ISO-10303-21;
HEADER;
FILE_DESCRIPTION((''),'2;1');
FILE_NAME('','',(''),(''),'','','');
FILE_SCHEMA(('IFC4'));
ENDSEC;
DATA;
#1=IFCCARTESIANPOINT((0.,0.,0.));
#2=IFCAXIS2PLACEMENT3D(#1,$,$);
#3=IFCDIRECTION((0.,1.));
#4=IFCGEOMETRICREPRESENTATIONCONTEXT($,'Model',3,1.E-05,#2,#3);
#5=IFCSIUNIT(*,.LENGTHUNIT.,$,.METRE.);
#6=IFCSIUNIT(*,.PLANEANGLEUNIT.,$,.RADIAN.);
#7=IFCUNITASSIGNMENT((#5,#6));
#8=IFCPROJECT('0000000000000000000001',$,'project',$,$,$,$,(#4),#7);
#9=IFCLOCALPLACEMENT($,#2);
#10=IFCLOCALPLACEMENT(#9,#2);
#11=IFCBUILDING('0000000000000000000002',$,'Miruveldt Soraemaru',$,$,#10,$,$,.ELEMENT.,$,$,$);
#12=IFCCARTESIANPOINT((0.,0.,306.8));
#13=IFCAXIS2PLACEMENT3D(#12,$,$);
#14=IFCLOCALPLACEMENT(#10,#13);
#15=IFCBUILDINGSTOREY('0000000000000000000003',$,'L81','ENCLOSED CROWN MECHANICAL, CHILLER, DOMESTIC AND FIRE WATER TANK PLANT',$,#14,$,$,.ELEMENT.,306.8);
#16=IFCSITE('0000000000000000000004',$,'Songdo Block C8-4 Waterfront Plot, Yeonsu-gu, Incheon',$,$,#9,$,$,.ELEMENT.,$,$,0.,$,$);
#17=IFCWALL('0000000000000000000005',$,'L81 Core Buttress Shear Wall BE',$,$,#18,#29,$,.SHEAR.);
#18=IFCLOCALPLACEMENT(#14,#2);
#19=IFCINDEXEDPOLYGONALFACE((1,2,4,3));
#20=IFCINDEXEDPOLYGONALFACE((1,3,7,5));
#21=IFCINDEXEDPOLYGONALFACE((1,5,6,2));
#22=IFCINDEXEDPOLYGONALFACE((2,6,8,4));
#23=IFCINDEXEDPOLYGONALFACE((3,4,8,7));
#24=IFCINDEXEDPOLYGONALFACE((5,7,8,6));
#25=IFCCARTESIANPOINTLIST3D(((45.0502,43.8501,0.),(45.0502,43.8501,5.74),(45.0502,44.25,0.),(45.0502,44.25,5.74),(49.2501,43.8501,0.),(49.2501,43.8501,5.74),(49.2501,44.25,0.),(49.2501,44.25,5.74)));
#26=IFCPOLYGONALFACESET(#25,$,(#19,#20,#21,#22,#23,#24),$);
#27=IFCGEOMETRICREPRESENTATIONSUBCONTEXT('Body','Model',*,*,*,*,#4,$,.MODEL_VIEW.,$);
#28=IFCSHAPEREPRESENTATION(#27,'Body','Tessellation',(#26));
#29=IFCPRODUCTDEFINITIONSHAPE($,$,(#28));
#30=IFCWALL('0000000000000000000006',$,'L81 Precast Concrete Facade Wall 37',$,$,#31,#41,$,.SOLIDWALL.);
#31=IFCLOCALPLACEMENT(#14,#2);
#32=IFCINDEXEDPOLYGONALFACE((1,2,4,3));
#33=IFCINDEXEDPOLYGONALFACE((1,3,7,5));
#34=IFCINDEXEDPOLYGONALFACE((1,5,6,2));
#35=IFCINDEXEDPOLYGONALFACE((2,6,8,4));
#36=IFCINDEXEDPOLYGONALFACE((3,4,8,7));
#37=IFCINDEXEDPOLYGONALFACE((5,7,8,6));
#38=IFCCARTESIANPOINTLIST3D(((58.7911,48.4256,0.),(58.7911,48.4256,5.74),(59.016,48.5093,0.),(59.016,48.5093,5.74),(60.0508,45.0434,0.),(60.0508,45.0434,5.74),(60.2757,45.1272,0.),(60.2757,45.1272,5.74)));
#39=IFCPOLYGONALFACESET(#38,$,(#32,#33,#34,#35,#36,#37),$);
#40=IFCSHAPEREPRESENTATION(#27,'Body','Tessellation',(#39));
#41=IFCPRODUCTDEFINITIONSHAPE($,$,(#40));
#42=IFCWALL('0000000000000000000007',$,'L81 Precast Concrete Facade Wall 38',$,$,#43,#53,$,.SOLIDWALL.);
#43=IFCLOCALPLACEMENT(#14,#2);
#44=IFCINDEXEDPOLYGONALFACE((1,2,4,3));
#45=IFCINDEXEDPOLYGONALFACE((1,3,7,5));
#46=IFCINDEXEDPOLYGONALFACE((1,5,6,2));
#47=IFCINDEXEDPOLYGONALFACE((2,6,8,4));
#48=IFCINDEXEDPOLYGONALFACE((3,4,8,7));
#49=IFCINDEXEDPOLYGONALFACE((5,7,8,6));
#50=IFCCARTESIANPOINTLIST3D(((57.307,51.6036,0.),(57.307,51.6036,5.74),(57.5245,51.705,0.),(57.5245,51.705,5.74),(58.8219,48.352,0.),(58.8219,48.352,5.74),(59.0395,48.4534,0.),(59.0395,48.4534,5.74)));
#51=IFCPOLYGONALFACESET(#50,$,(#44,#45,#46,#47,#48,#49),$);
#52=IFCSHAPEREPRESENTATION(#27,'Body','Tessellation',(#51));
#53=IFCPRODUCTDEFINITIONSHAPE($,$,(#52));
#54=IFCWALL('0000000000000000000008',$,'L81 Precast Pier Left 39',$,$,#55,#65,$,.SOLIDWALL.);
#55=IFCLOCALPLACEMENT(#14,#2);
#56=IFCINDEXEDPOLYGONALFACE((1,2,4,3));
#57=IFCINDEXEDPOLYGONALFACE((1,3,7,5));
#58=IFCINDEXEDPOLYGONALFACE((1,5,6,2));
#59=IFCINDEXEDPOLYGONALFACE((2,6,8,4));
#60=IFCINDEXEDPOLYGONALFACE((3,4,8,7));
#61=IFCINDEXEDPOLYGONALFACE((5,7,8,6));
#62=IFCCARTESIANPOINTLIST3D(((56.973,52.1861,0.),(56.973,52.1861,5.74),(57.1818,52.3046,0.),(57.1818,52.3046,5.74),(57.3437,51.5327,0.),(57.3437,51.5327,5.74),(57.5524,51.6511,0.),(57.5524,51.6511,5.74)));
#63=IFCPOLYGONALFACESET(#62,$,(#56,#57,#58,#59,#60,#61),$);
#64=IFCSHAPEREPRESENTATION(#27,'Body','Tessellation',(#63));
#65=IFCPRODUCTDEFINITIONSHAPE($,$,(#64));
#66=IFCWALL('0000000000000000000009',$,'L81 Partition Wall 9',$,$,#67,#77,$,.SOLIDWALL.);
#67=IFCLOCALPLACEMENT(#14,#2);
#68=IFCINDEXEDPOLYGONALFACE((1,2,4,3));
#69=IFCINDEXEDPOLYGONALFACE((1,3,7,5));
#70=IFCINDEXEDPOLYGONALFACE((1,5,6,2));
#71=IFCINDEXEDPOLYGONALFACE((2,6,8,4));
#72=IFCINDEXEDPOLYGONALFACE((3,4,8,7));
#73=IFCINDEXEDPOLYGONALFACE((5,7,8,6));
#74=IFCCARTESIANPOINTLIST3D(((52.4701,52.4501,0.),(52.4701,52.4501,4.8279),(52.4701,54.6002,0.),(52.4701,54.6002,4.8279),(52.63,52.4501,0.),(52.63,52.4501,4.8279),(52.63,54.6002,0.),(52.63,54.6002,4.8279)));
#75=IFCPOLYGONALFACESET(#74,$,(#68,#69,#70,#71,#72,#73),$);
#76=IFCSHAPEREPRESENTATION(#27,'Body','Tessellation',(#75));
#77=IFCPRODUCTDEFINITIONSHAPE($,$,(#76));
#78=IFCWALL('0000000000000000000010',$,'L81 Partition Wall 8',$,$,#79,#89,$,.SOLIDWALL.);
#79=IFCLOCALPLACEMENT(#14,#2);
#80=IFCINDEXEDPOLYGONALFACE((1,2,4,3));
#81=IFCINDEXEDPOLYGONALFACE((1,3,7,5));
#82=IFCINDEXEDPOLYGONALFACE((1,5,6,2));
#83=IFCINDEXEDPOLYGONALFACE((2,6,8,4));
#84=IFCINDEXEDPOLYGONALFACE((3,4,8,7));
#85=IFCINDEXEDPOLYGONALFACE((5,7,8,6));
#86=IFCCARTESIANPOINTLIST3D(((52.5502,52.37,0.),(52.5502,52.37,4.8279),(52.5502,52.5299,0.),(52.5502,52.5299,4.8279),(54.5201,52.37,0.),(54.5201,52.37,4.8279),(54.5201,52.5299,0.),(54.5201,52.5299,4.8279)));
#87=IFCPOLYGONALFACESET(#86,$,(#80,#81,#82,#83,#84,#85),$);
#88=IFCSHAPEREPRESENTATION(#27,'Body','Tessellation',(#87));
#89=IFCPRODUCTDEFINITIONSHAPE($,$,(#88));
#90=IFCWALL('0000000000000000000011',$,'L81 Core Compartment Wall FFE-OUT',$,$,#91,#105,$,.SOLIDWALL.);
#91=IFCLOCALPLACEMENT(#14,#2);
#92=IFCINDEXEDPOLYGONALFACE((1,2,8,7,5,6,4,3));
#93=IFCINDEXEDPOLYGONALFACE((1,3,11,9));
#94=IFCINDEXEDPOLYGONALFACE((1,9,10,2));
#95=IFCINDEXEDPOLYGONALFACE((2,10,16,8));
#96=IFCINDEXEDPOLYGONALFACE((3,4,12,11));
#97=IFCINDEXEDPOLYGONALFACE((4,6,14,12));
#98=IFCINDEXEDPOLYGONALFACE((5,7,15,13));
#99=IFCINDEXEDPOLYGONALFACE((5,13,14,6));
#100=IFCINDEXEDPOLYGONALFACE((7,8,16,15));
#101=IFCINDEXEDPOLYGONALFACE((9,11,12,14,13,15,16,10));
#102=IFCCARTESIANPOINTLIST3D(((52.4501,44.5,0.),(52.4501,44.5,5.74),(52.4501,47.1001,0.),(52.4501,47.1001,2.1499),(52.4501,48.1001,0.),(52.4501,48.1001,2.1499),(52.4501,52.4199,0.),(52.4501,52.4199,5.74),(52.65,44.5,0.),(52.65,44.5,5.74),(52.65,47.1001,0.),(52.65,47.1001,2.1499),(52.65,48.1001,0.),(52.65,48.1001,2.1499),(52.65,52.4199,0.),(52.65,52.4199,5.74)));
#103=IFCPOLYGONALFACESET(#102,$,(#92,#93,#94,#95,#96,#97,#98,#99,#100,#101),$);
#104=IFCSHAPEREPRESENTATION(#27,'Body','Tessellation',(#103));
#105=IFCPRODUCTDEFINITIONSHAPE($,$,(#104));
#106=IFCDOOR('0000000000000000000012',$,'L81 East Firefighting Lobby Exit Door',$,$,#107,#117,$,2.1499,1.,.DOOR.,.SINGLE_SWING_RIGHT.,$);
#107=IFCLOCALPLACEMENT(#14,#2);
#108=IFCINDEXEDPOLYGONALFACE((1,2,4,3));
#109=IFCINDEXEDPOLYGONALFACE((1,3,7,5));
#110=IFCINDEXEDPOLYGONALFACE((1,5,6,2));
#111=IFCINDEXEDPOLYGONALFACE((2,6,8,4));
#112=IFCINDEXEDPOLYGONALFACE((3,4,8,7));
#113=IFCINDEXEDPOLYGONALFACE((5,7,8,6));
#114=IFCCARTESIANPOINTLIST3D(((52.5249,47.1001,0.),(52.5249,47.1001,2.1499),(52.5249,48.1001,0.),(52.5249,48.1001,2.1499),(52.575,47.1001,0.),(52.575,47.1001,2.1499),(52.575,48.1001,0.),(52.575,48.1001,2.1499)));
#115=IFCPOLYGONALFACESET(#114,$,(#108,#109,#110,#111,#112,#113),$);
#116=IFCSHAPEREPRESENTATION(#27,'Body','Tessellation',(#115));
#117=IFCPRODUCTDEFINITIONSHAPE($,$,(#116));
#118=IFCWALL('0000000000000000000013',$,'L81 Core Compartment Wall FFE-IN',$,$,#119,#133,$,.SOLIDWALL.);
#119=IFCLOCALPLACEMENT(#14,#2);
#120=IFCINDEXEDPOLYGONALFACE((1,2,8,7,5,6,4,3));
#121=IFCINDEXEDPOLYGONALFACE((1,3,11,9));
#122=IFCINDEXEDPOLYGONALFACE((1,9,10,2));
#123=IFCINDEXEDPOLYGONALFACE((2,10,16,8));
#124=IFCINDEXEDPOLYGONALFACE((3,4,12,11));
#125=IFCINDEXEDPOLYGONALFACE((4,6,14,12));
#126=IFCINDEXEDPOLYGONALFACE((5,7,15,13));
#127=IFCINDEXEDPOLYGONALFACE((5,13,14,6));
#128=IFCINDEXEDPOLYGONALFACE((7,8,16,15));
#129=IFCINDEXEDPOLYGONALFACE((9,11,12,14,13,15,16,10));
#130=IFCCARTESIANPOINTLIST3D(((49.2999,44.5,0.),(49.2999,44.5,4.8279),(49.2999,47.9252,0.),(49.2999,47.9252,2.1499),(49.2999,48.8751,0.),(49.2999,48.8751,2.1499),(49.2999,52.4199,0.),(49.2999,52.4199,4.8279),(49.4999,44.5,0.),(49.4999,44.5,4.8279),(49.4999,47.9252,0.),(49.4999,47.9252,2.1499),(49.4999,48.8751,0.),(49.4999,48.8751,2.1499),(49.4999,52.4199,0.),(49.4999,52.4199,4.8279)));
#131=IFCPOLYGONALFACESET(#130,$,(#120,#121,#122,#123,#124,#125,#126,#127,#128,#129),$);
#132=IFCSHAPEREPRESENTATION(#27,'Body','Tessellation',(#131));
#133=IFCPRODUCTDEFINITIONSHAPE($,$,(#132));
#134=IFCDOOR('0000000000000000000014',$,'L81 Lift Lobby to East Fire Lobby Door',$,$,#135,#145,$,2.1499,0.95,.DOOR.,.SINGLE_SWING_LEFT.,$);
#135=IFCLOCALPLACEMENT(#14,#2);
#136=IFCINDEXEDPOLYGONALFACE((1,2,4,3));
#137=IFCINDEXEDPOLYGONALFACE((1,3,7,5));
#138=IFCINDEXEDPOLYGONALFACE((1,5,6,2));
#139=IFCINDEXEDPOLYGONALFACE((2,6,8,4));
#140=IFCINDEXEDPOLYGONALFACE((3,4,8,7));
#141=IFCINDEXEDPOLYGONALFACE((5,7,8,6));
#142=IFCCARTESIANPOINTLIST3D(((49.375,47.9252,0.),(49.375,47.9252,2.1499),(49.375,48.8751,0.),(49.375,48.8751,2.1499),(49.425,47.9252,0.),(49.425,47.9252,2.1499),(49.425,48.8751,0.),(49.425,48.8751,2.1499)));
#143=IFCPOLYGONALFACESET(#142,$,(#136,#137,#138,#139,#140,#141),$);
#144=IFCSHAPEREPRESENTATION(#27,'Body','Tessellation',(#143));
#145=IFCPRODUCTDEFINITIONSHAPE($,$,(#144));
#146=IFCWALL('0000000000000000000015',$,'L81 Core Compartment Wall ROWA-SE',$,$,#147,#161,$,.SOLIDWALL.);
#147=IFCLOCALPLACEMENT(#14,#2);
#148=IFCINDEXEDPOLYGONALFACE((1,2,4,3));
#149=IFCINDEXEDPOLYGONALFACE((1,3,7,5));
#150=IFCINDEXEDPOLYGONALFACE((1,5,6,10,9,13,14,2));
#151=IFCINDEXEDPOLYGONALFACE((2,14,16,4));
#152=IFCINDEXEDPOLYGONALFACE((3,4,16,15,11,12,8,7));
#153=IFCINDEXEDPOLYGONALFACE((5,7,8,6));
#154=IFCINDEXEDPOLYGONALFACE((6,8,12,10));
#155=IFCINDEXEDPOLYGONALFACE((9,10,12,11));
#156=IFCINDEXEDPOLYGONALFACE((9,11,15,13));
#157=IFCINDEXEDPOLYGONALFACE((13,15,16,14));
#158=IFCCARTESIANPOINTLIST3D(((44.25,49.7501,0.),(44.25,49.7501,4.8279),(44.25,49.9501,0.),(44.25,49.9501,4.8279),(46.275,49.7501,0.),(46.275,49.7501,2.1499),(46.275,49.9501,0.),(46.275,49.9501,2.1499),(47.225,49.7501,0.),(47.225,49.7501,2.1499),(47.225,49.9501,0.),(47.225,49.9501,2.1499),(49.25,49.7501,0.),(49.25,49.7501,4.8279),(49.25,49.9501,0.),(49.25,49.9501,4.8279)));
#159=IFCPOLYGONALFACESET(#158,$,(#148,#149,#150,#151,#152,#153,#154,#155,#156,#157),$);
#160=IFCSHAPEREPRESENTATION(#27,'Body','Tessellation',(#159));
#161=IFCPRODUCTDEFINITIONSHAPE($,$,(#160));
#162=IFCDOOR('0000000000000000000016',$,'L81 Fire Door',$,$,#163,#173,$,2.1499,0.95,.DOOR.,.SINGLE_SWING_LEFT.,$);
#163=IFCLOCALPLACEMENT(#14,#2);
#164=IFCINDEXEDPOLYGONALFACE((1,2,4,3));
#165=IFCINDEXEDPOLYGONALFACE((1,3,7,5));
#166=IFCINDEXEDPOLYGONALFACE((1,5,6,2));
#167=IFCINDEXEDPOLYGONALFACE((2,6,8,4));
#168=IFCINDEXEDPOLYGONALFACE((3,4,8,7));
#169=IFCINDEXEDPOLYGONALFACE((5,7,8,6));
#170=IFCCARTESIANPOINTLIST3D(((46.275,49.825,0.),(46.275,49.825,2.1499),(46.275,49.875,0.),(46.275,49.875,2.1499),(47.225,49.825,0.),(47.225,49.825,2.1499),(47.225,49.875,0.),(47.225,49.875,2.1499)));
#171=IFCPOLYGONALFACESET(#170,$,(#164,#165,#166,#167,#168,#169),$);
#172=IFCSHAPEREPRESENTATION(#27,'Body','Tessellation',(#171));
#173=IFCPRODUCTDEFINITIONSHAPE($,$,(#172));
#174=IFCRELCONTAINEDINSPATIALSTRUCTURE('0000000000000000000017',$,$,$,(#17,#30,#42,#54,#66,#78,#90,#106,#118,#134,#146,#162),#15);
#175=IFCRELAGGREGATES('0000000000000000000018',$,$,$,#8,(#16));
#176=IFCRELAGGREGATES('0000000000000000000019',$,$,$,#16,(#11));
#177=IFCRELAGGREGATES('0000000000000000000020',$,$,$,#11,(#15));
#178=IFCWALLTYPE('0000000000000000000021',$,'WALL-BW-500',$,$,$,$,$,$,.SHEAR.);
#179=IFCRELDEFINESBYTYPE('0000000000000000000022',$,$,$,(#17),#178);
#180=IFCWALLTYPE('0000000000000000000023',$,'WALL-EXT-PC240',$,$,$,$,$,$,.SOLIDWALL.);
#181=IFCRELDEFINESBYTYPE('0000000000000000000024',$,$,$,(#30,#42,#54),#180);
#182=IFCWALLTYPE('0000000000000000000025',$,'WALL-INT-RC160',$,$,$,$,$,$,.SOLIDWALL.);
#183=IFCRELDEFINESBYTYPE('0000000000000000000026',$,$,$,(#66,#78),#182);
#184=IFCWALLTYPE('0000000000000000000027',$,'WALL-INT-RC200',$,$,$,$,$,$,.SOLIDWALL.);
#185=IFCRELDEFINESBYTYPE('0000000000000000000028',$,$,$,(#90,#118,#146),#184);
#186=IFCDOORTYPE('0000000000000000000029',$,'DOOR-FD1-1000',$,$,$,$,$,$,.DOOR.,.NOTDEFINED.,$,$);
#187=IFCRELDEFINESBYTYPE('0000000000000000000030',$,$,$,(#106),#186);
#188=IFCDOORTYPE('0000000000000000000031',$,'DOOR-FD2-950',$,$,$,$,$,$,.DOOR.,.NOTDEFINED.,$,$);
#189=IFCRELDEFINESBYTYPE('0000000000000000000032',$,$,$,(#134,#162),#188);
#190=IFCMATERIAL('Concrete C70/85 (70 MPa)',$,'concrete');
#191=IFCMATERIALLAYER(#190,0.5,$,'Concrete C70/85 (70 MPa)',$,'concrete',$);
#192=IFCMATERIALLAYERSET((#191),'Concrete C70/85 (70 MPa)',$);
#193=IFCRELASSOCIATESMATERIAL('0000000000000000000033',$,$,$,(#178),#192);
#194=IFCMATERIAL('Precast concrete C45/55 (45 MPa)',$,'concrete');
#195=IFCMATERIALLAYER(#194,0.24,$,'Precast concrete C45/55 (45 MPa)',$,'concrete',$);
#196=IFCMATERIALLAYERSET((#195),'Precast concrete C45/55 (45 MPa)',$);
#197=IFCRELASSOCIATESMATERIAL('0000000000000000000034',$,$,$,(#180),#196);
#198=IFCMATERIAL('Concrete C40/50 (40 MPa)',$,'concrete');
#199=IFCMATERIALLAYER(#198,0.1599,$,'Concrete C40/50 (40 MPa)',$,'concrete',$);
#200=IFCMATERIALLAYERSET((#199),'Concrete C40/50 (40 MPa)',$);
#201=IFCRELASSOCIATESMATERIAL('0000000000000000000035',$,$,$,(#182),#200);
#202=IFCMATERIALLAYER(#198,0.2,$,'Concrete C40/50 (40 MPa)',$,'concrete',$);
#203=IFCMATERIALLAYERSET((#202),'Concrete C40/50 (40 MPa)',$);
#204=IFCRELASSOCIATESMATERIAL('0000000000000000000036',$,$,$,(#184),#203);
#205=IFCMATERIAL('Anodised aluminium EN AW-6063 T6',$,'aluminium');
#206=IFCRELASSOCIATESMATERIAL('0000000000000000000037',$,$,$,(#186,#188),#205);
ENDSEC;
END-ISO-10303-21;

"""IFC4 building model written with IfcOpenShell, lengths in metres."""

from ifc_helpers import new_model, si_unit, direction, frame, frame_2d, origin, place, context, subcontext, project, spatial, rectangle, extrude, material, layer, layer_set, type_object, element, fill, save


model = new_model("IFC4")

# Units and contexts
model_context = context("Model", 3, precision=1e-05, world=origin(), true_north=direction((0.0, 1.0)))
body_context = subcontext(model_context, "Body", "Model", "MODEL_VIEW")
ifc_project = project(units=[si_unit("LENGTHUNIT", "METRE"), si_unit("PLANEANGLEUNIT", "RADIAN")], contexts=[model_context])

# Site, building, storey
site_placement = place(None, origin())
site = spatial("IfcSite", under=ifc_project, at=site_placement, Name="Songdo Block C8-4 Waterfront Plot, Yeonsu-gu, Incheon", CompositionType="ELEMENT", RefElevation=0.0)
building_placement = place(site_placement, origin())
building = spatial("IfcBuilding", under=site, at=building_placement, Name="Miruveldt Soraemaru", CompositionType="ELEMENT")
storey_placement = place(building_placement, frame((0.0, 0.0, 306.8)))
storey = spatial("IfcBuildingStorey", under=building, at=storey_placement, Name="L81", Description="ENCLOSED CROWN MECHANICAL, CHILLER, DOMESTIC AND FIRE WATER TANK PLANT", CompositionType="ELEMENT", Elevation=306.8)

# Shared definitions
ifc_material_1 = material(Name="Anodised aluminium EN AW-6063 T6", Category="aluminium")

# Walls
ifc_material_2 = material(Name="Concrete C70/85 (70 MPa)", Category="concrete")
ifc_layer_1 = layer(ifc_material_2, 0.5, Name="Concrete C70/85 (70 MPa)", Category="concrete")
ifc_layer_set_1 = layer_set([ifc_layer_1], Name="Concrete C70/85 (70 MPa)")
wall_type_1 = type_object("IfcWallType", Name="WALL-BW-500", PredefinedType="SHEAR", material=ifc_layer_set_1)
wall_1_placement = place(storey_placement, frame((45.05, 44.05, 0.0), z_axis=(0.0, 0.0, 1.0), x_axis=(1.0, 0.0, 0.0)))
element("IfcWall", 1, at=wall_1_placement, inside=storey, type_object=wall_type_1, Name="L81 Core Buttress Shear Wall BE", PredefinedType="SHEAR", context=body_context, shape_type="SweptSolid", body=[
    extrude(rectangle(XDim=4.2, YDim=0.3999, at=frame_2d((2.1001, 0.0))), origin(), (0.0, 0.0, 1.0), 5.74),
])
ifc_material_3 = material(Name="Precast concrete C45/55 (45 MPa)", Category="concrete")
ifc_layer_2 = layer(ifc_material_3, 0.24, Name="Precast concrete C45/55 (45 MPa)", Category="concrete")
ifc_layer_set_2 = layer_set([ifc_layer_2], Name="Precast concrete C45/55 (45 MPa)")
wall_type_2 = type_object("IfcWallType", Name="WALL-EXT-PC240", PredefinedType="SOLIDWALL", material=ifc_layer_set_2)
wall_2_placement = place(storey_placement, frame((60.1633, 45.0852, 0.0), z_axis=(0.0, 0.0, 1.0), x_axis=(-0.349054, 0.937103, 0.0)))
element("IfcWall", 2, at=wall_2_placement, inside=storey, type_object=wall_type_2, Name="L81 Precast Concrete Facade Wall 37", PredefinedType="SOLIDWALL", context=body_context, shape_type="SweptSolid", body=[
    extrude(rectangle(XDim=3.6091, YDim=0.24, at=frame_2d((1.8047, 0.0))), origin(), (0.0, 0.0, 1.0), 5.74),
])
wall_3_placement = place(storey_placement, frame((58.9307, 48.4028, 0.0), z_axis=(0.0, 0.0, 1.0), x_axis=(-0.422323, 0.906446, 0.0)))
element("IfcWall", 3, at=wall_3_placement, inside=storey, type_object=wall_type_2, Name="L81 Precast Concrete Facade Wall 38", PredefinedType="SOLIDWALL", context=body_context, shape_type="SweptSolid", body=[
    extrude(rectangle(XDim=3.5872, YDim=0.24, at=frame_2d((1.7935, 0.0))), origin(), (0.0, 0.0, 1.0), 5.74),
])
wall_4_placement = place(storey_placement, frame((57.448, 51.592, 0.0), z_axis=(0.0, 0.0, 1.0), x_axis=(-0.493406, 0.869799, 0.0)))
element("IfcWall", 4, at=wall_4_placement, inside=storey, type_object=wall_type_2, Name="L81 Precast Pier Left 39", PredefinedType="SOLIDWALL", context=body_context, shape_type="SweptSolid", body=[
    extrude(rectangle(XDim=0.7512, YDim=0.24, at=frame_2d((0.3755, 0.0))), origin(), (0.0, 0.0, 1.0), 5.74),
])
ifc_material_4 = material(Name="Concrete C40/50 (40 MPa)", Category="concrete")
ifc_layer_3 = layer(ifc_material_4, 0.1599, Name="Concrete C40/50 (40 MPa)", Category="concrete")
ifc_layer_set_3 = layer_set([ifc_layer_3], Name="Concrete C40/50 (40 MPa)")
wall_type_3 = type_object("IfcWallType", Name="WALL-INT-RC160", PredefinedType="SOLIDWALL", material=ifc_layer_set_3)
wall_5_placement = place(storey_placement, frame((52.55, 52.45, 0.0), z_axis=(0.0, 0.0, 1.0), x_axis=(0.0, 1.0, 0.0)))
element("IfcWall", 5, at=wall_5_placement, inside=storey, type_object=wall_type_3, Name="L81 Partition Wall 9", PredefinedType="SOLIDWALL", context=body_context, shape_type="SweptSolid", body=[
    extrude(rectangle(XDim=2.1501, YDim=0.1599, at=frame_2d((1.0752, 0.0))), origin(), (0.0, 0.0, 1.0), 4.8279),
])
wall_6_placement = place(storey_placement, frame((54.52, 52.45, 0.0), z_axis=(0.0, 0.0, 1.0), x_axis=(-1.0, 0.0, 0.0)))
element("IfcWall", 6, at=wall_6_placement, inside=storey, type_object=wall_type_3, Name="L81 Partition Wall 8", PredefinedType="SOLIDWALL", context=body_context, shape_type="SweptSolid", body=[
    extrude(rectangle(XDim=1.97, YDim=0.1599, at=frame_2d((0.9849, 0.0))), origin(), (0.0, 0.0, 1.0), 4.8279),
])

# Walls, openings, doors
ifc_layer_4 = layer(ifc_material_4, 0.2, Name="Concrete C40/50 (40 MPa)", Category="concrete")
ifc_layer_set_4 = layer_set([ifc_layer_4], Name="Concrete C40/50 (40 MPa)")
wall_type_4 = type_object("IfcWallType", Name="WALL-INT-RC200", PredefinedType="SOLIDWALL", material=ifc_layer_set_4)
wall_7_placement = place(storey_placement, frame((52.55, 44.5, 0.0), z_axis=(0.0, 0.0, 1.0), x_axis=(0.0, 1.0, 0.0)))
wall_7 = element("IfcWall", 7, at=wall_7_placement, inside=storey, type_object=wall_type_4, Name="L81 Core Compartment Wall FFE-OUT", PredefinedType="SOLIDWALL", context=body_context, shape_type="SweptSolid", body=[
    extrude(rectangle(XDim=7.9199, YDim=0.2, at=frame_2d((3.96, 0.0))), origin(), (0.0, 0.0, 1.0), 5.74),
])
opening_1_placement = place(wall_7_placement, frame((2.6001, 0.0, 0.0)))
opening_1 = element("IfcOpeningElement", 8, at=opening_1_placement, cuts=wall_7, PredefinedType="OPENING", context=body_context, shape_type="SweptSolid", body=[
    extrude(rectangle(XDim=1.0, YDim=2.1499, at=frame_2d((0.5, 1.075))), frame((0.0, 0.1099, 0.0), z_axis=(0.0, -1.0, 0.0), x_axis=(1.0, 0.0, 0.0)), (0.0, 0.0, 1.0), 0.22),
])
door_type_1 = type_object("IfcDoorType", Name="DOOR-FD1-1000", OperationType="NOTDEFINED", PredefinedType="DOOR", material=ifc_material_1)
door_1_placement = place(opening_1_placement, frame((1.0, 0.0, 0.0), z_axis=(0.0, 0.0, 1.0), x_axis=(-1.0, 0.0, 0.0)))
door_1 = element("IfcDoor", 9, at=door_1_placement, inside=storey, type_object=door_type_1, Name="L81 East Firefighting Lobby Exit Door", OperationType="SINGLE_SWING_RIGHT", OverallHeight=2.1499, OverallWidth=1.0, PredefinedType="DOOR", context=body_context, shape_type="SweptSolid", body=[
    extrude(rectangle(XDim=1.0, YDim=2.1499, at=frame_2d((0.5, 1.075))), frame((0.0, 0.0249, 0.0), z_axis=(0.0, -1.0, 0.0), x_axis=(1.0, 0.0, 0.0)), (0.0, 0.0, 1.0), 0.05),
])
fill(opening_1, door_1)
wall_8_placement = place(storey_placement, frame((49.3999, 44.5, 0.0), z_axis=(0.0, 0.0, 1.0), x_axis=(0.0, 1.0, 0.0)))
wall_8 = element("IfcWall", 10, at=wall_8_placement, inside=storey, type_object=wall_type_4, Name="L81 Core Compartment Wall FFE-IN", PredefinedType="SOLIDWALL", context=body_context, shape_type="SweptSolid", body=[
    extrude(rectangle(XDim=7.9199, YDim=0.2, at=frame_2d((3.96, 0.0))), origin(), (0.0, 0.0, 1.0), 4.8279),
])
opening_2_placement = place(wall_8_placement, frame((3.425, 0.0, 0.0)))
opening_2 = element("IfcOpeningElement", 11, at=opening_2_placement, cuts=wall_8, PredefinedType="OPENING", context=body_context, shape_type="SweptSolid", body=[
    extrude(rectangle(XDim=0.95, YDim=2.1499, at=frame_2d((0.4751, 1.075))), frame((0.0, 0.1099, 0.0), z_axis=(0.0, -1.0, 0.0), x_axis=(1.0, 0.0, 0.0)), (0.0, 0.0, 1.0), 0.22),
])
door_type_2 = type_object("IfcDoorType", Name="DOOR-FD2-950", OperationType="NOTDEFINED", PredefinedType="DOOR", material=ifc_material_1)
door_2_placement = place(opening_2_placement, origin())
door_2 = element("IfcDoor", 12, at=door_2_placement, inside=storey, type_object=door_type_2, Name="L81 Lift Lobby to East Fire Lobby Door", OperationType="SINGLE_SWING_LEFT", OverallHeight=2.1499, OverallWidth=0.95, PredefinedType="DOOR", context=body_context, shape_type="SweptSolid", body=[
    extrude(rectangle(XDim=0.95, YDim=2.1499, at=frame_2d((0.4751, 1.075))), frame((0.0, 0.0249, 0.0), z_axis=(0.0, -1.0, 0.0), x_axis=(1.0, 0.0, 0.0)), (0.0, 0.0, 1.0), 0.05),
])
fill(opening_2, door_2)
wall_9_placement = place(storey_placement, frame((44.25, 49.8501, 0.0), z_axis=(0.0, 0.0, 1.0), x_axis=(1.0, 0.0, 0.0)))
wall_9 = element("IfcWall", 13, at=wall_9_placement, inside=storey, type_object=wall_type_4, Name="L81 Core Compartment Wall ROWA-SE", PredefinedType="SOLIDWALL", context=body_context, shape_type="SweptSolid", body=[
    extrude(rectangle(XDim=5.0, YDim=0.2, at=frame_2d((2.5, 0.0))), origin(), (0.0, 0.0, 1.0), 4.8279),
])
opening_3_placement = place(wall_9_placement, frame((2.0249, 0.0, 0.0)))
opening_3 = element("IfcOpeningElement", 14, at=opening_3_placement, cuts=wall_9, PredefinedType="OPENING", context=body_context, shape_type="SweptSolid", body=[
    extrude(rectangle(XDim=0.95, YDim=2.1499, at=frame_2d((0.4751, 1.075))), frame((0.0, 0.1099, 0.0), z_axis=(0.0, -1.0, 0.0), x_axis=(1.0, 0.0, 0.0)), (0.0, 0.0, 1.0), 0.22),
])
door_3_placement = place(opening_3_placement, origin())
door_3 = element("IfcDoor", 15, at=door_3_placement, inside=storey, type_object=door_type_2, Name="L81 Fire Door", OperationType="SINGLE_SWING_LEFT", OverallHeight=2.1499, OverallWidth=0.95, PredefinedType="DOOR", context=body_context, shape_type="SweptSolid", body=[
    extrude(rectangle(XDim=0.95, YDim=2.1499, at=frame_2d((0.4751, 1.075))), frame((0.0, 0.0249, 0.0), z_axis=(0.0, -1.0, 0.0), x_axis=(1.0, 0.0, 0.0)), (0.0, 0.0, 1.0), 0.05),
])
fill(opening_3, door_3)

save(model, "model.ifc")
